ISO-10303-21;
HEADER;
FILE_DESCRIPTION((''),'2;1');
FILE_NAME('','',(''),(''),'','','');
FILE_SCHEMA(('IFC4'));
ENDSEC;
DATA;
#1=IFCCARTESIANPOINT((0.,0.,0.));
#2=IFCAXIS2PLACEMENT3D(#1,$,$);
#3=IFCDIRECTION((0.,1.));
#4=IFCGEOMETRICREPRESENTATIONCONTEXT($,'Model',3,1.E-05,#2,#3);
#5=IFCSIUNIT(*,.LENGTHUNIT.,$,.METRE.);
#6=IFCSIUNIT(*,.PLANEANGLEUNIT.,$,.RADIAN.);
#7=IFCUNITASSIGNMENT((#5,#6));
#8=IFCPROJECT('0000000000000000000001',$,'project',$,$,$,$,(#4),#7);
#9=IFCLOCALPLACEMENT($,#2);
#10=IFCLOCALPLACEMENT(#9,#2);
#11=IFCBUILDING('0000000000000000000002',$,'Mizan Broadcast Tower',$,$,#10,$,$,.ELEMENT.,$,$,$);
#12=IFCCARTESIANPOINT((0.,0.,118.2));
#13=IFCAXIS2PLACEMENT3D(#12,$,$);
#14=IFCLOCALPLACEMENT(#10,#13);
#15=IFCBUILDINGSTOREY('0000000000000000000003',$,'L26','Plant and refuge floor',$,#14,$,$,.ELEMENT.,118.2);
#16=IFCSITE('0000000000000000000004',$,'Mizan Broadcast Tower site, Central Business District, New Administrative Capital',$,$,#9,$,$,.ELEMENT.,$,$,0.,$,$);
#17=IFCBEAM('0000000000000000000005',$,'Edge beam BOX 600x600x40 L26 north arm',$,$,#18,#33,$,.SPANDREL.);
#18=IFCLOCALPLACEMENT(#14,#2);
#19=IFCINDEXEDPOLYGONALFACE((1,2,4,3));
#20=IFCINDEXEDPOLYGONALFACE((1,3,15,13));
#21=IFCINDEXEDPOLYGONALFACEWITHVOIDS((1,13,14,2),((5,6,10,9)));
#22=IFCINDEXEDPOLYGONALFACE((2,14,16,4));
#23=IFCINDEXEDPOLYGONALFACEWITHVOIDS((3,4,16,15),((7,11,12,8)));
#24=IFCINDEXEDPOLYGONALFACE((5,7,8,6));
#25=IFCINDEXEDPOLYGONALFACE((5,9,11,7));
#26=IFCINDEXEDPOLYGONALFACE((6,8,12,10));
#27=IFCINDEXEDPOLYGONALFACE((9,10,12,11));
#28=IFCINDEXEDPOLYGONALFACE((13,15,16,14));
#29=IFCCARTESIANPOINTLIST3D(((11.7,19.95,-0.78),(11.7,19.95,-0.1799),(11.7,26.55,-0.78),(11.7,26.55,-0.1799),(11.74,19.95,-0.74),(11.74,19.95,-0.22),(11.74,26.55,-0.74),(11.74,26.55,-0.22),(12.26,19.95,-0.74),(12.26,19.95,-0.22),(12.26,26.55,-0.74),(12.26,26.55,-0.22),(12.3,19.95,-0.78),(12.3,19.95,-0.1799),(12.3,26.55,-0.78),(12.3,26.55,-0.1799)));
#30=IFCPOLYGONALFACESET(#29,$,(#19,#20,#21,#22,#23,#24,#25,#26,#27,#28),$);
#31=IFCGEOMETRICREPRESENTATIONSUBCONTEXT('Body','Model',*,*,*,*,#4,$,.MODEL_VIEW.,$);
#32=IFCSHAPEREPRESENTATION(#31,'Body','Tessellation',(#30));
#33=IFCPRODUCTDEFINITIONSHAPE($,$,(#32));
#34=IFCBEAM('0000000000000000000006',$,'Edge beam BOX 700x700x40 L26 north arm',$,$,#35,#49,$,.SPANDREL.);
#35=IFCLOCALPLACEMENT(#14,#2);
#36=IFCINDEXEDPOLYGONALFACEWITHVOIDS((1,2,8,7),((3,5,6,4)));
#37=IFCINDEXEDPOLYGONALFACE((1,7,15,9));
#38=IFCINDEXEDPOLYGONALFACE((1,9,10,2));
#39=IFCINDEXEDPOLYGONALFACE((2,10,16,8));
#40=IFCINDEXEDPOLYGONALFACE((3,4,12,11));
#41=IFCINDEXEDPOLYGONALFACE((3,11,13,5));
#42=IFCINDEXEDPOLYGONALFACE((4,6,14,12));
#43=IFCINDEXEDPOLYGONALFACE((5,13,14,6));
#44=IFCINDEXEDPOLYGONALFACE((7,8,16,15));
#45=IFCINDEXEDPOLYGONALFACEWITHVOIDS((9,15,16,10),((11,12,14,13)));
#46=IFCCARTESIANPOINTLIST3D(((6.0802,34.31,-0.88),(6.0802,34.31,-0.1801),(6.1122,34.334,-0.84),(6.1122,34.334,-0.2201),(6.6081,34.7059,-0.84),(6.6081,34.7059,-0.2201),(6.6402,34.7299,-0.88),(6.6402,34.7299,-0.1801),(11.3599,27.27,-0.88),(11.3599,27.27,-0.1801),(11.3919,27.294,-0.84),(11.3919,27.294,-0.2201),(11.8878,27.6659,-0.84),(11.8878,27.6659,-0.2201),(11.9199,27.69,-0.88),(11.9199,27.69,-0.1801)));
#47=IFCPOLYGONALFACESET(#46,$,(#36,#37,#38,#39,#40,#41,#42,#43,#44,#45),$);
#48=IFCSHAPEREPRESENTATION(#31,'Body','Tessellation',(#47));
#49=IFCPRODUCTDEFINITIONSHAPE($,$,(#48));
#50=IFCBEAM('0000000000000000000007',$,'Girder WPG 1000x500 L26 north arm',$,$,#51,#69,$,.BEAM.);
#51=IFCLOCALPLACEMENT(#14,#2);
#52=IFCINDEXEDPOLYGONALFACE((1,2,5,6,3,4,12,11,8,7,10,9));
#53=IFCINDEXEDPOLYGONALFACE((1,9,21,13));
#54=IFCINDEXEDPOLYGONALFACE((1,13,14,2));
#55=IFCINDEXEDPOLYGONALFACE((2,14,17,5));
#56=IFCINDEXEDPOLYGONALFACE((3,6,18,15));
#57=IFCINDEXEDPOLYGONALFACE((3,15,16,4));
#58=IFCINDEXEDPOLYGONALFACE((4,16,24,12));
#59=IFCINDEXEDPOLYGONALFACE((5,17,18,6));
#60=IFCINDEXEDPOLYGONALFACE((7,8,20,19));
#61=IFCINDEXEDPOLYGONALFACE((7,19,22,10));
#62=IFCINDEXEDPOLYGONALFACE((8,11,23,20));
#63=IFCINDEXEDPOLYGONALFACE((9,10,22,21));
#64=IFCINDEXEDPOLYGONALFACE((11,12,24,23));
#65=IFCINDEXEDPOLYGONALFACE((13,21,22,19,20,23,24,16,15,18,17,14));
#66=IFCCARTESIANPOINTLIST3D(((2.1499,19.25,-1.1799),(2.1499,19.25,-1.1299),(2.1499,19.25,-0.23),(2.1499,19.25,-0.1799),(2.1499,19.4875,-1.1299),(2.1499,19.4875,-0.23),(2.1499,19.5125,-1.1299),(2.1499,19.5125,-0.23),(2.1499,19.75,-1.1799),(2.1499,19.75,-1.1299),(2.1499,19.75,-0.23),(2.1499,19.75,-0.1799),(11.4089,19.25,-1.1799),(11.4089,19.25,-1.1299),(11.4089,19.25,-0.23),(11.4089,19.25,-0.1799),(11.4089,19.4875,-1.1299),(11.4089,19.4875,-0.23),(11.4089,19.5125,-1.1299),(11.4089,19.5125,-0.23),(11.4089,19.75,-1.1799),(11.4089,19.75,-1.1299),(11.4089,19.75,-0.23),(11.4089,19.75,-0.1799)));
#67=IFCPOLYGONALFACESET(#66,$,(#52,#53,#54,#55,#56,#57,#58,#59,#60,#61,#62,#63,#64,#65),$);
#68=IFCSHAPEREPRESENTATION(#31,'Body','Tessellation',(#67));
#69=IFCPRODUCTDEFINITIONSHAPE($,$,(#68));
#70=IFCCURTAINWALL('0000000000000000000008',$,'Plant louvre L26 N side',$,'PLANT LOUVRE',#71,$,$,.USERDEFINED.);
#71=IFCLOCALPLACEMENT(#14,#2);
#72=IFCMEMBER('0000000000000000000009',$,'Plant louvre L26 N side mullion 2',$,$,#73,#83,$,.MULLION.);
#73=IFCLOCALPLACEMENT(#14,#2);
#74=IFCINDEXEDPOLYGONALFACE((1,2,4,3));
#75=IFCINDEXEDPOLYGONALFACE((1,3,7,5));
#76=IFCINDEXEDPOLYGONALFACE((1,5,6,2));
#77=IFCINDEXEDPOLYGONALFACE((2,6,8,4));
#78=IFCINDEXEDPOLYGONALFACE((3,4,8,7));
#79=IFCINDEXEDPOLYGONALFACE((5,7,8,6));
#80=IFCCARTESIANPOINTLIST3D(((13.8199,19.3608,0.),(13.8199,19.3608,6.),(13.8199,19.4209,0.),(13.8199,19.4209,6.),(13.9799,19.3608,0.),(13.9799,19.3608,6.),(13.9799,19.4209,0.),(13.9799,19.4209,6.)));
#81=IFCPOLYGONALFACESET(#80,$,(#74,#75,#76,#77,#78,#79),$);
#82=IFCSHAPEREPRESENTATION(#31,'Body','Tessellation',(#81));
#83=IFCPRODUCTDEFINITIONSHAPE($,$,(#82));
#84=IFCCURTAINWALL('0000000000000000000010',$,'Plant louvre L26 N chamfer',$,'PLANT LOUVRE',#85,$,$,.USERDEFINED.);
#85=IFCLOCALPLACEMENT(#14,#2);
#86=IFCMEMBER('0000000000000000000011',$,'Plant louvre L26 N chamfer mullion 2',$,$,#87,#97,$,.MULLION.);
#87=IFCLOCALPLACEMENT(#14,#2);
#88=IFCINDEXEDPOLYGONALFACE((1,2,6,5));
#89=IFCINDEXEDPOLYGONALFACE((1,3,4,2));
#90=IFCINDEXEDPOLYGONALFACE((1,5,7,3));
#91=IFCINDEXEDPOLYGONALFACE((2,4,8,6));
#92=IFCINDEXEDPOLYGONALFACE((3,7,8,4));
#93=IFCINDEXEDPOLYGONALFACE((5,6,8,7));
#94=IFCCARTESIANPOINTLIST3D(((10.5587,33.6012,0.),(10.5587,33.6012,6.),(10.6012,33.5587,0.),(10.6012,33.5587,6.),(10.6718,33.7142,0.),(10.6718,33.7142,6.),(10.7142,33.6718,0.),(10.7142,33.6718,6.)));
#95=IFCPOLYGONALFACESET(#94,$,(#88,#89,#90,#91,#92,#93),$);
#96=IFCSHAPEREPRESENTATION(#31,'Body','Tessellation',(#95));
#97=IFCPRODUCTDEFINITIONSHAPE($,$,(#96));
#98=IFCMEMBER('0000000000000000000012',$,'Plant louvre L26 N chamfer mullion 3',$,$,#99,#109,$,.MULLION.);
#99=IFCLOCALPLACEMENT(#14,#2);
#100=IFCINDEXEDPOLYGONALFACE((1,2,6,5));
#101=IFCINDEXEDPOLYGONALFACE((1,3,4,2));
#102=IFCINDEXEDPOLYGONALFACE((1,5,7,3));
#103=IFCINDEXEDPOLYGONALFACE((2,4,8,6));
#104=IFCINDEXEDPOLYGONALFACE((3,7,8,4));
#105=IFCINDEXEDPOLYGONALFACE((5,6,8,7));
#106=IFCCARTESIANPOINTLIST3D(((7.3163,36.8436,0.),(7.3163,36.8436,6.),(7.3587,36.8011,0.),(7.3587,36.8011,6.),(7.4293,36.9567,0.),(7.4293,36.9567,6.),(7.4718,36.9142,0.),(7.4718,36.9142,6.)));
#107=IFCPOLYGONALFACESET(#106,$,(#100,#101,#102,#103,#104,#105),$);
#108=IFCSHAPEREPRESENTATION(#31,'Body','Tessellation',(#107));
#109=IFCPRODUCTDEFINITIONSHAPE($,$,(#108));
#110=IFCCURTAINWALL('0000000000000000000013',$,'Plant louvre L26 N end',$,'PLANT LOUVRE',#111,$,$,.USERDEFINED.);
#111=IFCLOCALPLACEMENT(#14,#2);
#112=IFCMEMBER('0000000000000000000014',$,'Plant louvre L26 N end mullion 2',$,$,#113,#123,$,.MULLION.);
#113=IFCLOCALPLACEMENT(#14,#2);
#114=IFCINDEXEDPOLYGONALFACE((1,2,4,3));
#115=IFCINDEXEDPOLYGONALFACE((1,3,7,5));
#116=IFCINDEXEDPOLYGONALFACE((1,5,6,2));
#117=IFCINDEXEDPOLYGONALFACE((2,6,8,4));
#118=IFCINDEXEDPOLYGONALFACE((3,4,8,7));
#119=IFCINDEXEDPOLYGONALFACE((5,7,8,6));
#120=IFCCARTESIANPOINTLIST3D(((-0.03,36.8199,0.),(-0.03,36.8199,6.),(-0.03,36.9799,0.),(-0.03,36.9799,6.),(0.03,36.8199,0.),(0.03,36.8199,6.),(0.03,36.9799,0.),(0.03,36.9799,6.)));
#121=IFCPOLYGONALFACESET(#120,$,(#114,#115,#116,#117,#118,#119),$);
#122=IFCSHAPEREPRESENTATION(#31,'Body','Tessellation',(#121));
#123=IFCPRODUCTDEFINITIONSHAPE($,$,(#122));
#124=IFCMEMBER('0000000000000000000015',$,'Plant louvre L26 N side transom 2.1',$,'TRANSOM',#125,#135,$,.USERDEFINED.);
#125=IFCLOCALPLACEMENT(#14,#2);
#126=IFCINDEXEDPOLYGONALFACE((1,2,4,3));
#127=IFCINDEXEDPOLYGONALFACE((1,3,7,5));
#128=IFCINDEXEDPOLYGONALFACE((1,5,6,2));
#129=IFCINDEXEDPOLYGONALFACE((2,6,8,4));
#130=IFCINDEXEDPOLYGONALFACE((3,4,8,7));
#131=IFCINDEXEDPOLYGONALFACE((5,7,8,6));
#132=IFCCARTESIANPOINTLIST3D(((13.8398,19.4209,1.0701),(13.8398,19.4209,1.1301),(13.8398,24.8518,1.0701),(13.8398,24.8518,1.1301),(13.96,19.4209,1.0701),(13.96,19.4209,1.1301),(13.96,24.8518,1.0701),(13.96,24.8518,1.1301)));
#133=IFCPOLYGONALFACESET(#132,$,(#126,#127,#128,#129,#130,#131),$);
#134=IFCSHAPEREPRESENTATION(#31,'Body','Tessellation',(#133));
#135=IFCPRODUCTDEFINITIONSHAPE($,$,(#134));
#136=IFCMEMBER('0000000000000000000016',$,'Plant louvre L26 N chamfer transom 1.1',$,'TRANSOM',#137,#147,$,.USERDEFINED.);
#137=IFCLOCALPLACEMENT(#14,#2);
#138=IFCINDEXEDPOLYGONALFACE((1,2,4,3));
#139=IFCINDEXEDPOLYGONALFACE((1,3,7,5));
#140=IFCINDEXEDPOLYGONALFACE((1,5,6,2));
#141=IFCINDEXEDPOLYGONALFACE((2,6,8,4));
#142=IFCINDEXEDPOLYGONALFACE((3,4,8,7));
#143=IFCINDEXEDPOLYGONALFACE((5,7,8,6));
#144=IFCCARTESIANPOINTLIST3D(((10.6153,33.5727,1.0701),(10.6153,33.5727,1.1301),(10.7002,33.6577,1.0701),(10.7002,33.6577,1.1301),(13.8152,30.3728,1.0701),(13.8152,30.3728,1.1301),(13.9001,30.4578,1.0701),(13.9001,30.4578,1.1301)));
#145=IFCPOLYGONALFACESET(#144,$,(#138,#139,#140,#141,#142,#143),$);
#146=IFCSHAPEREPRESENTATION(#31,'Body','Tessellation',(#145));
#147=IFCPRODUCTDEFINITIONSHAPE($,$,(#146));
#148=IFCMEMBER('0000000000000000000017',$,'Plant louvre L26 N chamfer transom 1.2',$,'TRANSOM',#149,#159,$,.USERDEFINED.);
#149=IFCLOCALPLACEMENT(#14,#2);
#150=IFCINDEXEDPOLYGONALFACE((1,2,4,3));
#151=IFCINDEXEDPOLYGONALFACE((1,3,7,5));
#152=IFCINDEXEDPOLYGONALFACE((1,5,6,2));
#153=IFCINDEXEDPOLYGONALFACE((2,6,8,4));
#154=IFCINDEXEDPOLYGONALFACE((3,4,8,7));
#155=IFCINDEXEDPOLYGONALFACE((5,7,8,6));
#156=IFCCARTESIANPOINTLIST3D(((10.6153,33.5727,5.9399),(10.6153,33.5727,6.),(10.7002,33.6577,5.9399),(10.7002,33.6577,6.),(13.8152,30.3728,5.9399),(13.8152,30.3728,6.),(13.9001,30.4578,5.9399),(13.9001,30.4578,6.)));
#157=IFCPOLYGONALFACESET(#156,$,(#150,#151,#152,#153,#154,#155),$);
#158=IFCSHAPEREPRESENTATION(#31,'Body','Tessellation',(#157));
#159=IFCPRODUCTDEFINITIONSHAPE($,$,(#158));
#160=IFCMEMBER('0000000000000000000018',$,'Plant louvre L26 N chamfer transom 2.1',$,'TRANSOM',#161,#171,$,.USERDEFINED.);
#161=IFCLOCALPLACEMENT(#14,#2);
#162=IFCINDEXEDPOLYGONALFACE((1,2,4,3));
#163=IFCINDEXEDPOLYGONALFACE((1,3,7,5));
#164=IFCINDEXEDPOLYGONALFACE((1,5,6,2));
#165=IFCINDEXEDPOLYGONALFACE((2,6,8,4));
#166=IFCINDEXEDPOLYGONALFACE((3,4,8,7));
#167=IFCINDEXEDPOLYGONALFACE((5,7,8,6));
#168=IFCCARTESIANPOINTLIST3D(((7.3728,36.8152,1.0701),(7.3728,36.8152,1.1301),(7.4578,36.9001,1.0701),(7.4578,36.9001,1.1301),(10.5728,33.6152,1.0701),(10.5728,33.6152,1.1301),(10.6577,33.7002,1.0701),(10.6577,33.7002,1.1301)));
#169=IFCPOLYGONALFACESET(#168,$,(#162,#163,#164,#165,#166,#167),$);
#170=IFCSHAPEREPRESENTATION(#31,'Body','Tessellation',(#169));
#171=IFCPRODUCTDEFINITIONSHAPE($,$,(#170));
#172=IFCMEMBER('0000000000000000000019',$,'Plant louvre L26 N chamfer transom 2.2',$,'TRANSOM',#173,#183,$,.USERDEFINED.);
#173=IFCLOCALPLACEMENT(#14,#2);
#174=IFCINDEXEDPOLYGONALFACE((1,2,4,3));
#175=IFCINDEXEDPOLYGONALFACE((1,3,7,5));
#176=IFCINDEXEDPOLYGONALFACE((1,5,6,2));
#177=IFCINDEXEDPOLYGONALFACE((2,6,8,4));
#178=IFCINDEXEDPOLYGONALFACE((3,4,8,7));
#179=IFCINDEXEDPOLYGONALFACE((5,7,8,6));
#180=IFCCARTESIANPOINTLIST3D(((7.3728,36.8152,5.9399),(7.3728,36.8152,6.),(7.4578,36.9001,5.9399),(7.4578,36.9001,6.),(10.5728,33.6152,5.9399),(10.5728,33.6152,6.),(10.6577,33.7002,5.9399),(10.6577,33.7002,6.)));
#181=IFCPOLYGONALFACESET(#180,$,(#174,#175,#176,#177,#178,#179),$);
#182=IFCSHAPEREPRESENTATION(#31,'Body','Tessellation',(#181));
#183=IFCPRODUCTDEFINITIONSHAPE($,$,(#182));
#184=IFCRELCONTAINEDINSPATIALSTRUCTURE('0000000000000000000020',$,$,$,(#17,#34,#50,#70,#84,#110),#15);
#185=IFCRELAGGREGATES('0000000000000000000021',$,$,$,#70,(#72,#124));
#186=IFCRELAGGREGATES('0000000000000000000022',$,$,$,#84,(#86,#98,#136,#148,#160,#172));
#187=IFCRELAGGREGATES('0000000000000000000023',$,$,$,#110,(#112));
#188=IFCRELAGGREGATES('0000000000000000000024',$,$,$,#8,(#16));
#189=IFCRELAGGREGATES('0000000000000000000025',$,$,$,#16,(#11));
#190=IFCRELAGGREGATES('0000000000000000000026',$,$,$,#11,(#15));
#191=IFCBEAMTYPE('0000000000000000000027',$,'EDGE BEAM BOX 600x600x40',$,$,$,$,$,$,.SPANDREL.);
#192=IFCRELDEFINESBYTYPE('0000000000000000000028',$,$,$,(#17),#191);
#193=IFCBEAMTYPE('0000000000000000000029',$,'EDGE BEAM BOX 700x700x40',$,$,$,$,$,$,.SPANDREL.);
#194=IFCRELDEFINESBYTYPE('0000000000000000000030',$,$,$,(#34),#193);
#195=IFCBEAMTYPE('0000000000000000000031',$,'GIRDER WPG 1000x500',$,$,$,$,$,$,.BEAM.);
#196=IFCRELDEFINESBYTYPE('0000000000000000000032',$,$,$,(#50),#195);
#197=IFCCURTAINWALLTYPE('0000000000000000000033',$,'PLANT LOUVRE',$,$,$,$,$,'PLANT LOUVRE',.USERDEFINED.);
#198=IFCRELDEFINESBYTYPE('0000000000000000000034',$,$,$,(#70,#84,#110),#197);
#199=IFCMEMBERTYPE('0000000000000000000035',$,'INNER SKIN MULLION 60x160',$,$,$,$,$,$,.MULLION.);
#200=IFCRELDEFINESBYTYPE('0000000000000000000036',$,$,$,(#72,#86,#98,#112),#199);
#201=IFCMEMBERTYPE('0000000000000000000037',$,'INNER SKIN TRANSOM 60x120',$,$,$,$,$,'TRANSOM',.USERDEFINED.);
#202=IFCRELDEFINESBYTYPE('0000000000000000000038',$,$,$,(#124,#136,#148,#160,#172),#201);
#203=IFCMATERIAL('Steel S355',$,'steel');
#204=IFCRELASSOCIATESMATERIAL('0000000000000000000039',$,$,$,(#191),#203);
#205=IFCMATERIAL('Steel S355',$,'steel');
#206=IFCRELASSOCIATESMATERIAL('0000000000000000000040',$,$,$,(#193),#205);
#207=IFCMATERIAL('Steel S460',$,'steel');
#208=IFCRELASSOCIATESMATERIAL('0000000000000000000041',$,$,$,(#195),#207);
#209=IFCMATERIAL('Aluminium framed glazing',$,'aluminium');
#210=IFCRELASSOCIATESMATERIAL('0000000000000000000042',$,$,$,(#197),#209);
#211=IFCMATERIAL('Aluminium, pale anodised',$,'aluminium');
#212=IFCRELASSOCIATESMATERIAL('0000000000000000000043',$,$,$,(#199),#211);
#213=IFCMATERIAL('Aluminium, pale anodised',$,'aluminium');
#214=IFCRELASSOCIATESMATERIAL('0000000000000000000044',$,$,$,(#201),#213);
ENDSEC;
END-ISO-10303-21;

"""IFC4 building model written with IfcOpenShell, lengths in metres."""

from ifc_helpers import new_model, si_unit, direction, frame, origin, origin_2d, place, context, subcontext, project, spatial, rectangle, hollow_rectangle, i_section, extrude, material, material_profile, profile_set, type_object, element, aggregate, save


model = new_model("IFC4")

# Units and contexts
model_context = context("Model", 3, precision=1e-05, world=origin(), true_north=direction((0.0, 1.0)))
body_context = subcontext(model_context, "Body", "Model", "MODEL_VIEW")
ifc_project = project(units=[si_unit("LENGTHUNIT", "METRE"), si_unit("PLANEANGLEUNIT", "RADIAN")], contexts=[model_context])

# Site, building, storey
site_placement = place(None, origin())
site = spatial("IfcSite", under=ifc_project, at=site_placement, Name="Mizan Broadcast Tower site, Central Business District, New Administrative Capital", CompositionType="ELEMENT", RefElevation=0.0)
building_placement = place(site_placement, origin())
building = spatial("IfcBuilding", under=site, at=building_placement, Name="Mizan Broadcast Tower", CompositionType="ELEMENT")
storey_placement = place(building_placement, frame((0.0, 0.0, 118.2)))
storey = spatial("IfcBuildingStorey", under=building, at=storey_placement, Name="L26", Description="Plant and refuge floor", CompositionType="ELEMENT", Elevation=118.2)

# Beams
ifc_material_1 = material(Name="Steel S355", Category="steel")
ifc_material_profile_1 = material_profile(ifc_material_1, hollow_rectangle(XDim=0.6001, YDim=0.6001, WallThickness=0.04, at=origin_2d()), Name="BOX 600x600x40")
ifc_profile_set_1 = profile_set([ifc_material_profile_1], Name="Steel S355")
beam_type_1 = type_object("IfcBeamType", Name="EDGE BEAM BOX 600x600x40", PredefinedType="SPANDREL", material=ifc_profile_set_1)
beam_1_placement = place(storey_placement, frame((12.0, 19.95, -0.48), z_axis=(0.0, 1.0, 0.0), x_axis=(-1.0, 0.0, 0.0)))
element("IfcBeam", 1, at=beam_1_placement, inside=storey, type_object=beam_type_1, Name="Edge beam BOX 600x600x40 L26 north arm", PredefinedType="SPANDREL", context=body_context, shape_type="SweptSolid", body=[
    extrude(hollow_rectangle(XDim=0.6001, YDim=0.6001, WallThickness=0.04, at=origin_2d()), origin(), (0.0, 0.0, 1.0), 6.6001),
])
ifc_material_2 = material(Name="Steel S355", Category="steel")
ifc_material_profile_2 = material_profile(ifc_material_2, hollow_rectangle(XDim=0.7, YDim=0.7, WallThickness=0.04, at=origin_2d()), Name="BOX 700x700x40")
ifc_profile_set_2 = profile_set([ifc_material_profile_2], Name="Steel S355")
beam_type_2 = type_object("IfcBeamType", Name="EDGE BEAM BOX 700x700x40", PredefinedType="SPANDREL", material=ifc_profile_set_2)
beam_2_placement = place(storey_placement, frame((11.6399, 27.48, -0.53), z_axis=(-0.599982, 0.800013, 0.0), x_axis=(-0.800013, -0.599982, 0.0)))
element("IfcBeam", 2, at=beam_2_placement, inside=storey, type_object=beam_type_2, Name="Edge beam BOX 700x700x40 L26 north arm", PredefinedType="SPANDREL", context=body_context, shape_type="SweptSolid", body=[
    extrude(hollow_rectangle(XDim=0.7, YDim=0.7, WallThickness=0.04, at=origin_2d()), origin(), (0.0, 0.0, 1.0), 8.7998),
])
ifc_material_3 = material(Name="Steel S460", Category="steel")
ifc_material_profile_3 = material_profile(ifc_material_3, i_section(OverallWidth=0.5, OverallDepth=1.0, WebThickness=0.0249, FlangeThickness=0.05, at=origin_2d()), Name="WPG 1000x500")
ifc_profile_set_3 = profile_set([ifc_material_profile_3], Name="Steel S460")
beam_type_3 = type_object("IfcBeamType", Name="GIRDER WPG 1000x500", PredefinedType="BEAM", material=ifc_profile_set_3)
beam_3_placement = place(storey_placement, frame((11.4089, 19.5, -0.6799), z_axis=(-1.0, 0.0, 0.0), x_axis=(0.0, -1.0, 0.0)))
element("IfcBeam", 3, at=beam_3_placement, inside=storey, type_object=beam_type_3, Name="Girder WPG 1000x500 L26 north arm", PredefinedType="BEAM", context=body_context, shape_type="SweptSolid", body=[
    extrude(i_section(OverallWidth=0.5, OverallDepth=1.0, WebThickness=0.0249, FlangeThickness=0.05, at=origin_2d()), origin(), (0.0, 0.0, 1.0), 9.259),
])

# Curtain wall, member
ifc_material_4 = material(Name="Aluminium framed glazing", Category="aluminium")
curtain_wall_type = type_object("IfcCurtainWallType", Name="PLANT LOUVRE", ElementType="PLANT LOUVRE", PredefinedType="USERDEFINED", material=ifc_material_4)
curtain_wall_1_placement = place(storey_placement, origin())
curtain_wall_1 = element("IfcCurtainWall", 4, at=curtain_wall_1_placement, inside=storey, type_object=curtain_wall_type, Name="Plant louvre L26 N side", ObjectType="PLANT LOUVRE", PredefinedType="USERDEFINED")
ifc_material_5 = material(Name="Aluminium, pale anodised", Category="aluminium")
ifc_material_profile_4 = material_profile(ifc_material_5, rectangle(XDim=0.1599, YDim=0.0601, at=origin_2d()), Name="MULLION 160x60")
ifc_profile_set_4 = profile_set([ifc_material_profile_4], Name="Aluminium, pale anodised")
member_type_1 = type_object("IfcMemberType", Name="INNER SKIN MULLION 60x160", PredefinedType="MULLION", material=ifc_profile_set_4)
member_1_placement = place(storey_placement, frame((13.8999, 19.3909, 0.0), z_axis=(0.0, 0.0, 1.0), x_axis=(-1.0, 0.0, 0.0)))
member_1 = element("IfcMember", 5, at=member_1_placement, type_object=member_type_1, Name="Plant louvre L26 N side mullion 2", PredefinedType="MULLION", context=body_context, shape_type="SweptSolid", body=[
    extrude(rectangle(XDim=0.1599, YDim=0.0601, at=origin_2d()), origin(), (0.0, 0.0, 1.0), 6.0),
])

# Curtain wall, members
curtain_wall_2_placement = place(storey_placement, origin())
curtain_wall_2 = element("IfcCurtainWall", 6, at=curtain_wall_2_placement, inside=storey, type_object=curtain_wall_type, Name="Plant louvre L26 N chamfer", ObjectType="PLANT LOUVRE", PredefinedType="USERDEFINED")
member_2_placement = place(storey_placement, frame((10.6365, 33.6365, 0.0), z_axis=(0.0, 0.0, 1.0), x_axis=(-0.707107, -0.707107, 0.0)))
member_2 = element("IfcMember", 7, at=member_2_placement, type_object=member_type_1, Name="Plant louvre L26 N chamfer mullion 2", PredefinedType="MULLION", context=body_context, shape_type="SweptSolid", body=[
    extrude(rectangle(XDim=0.1599, YDim=0.0601, at=origin_2d()), origin(), (0.0, 0.0, 1.0), 6.0),
])
member_3_placement = place(storey_placement, frame((7.394, 36.8789, 0.0), z_axis=(0.0, 0.0, 1.0), x_axis=(-0.707107, -0.707107, 0.0)))
member_3 = element("IfcMember", 8, at=member_3_placement, type_object=member_type_1, Name="Plant louvre L26 N chamfer mullion 3", PredefinedType="MULLION", context=body_context, shape_type="SweptSolid", body=[
    extrude(rectangle(XDim=0.1599, YDim=0.0601, at=origin_2d()), origin(), (0.0, 0.0, 1.0), 6.0),
])

# Curtain wall, member
curtain_wall_3_placement = place(storey_placement, origin())
curtain_wall_3 = element("IfcCurtainWall", 9, at=curtain_wall_3_placement, inside=storey, type_object=curtain_wall_type, Name="Plant louvre L26 N end", ObjectType="PLANT LOUVRE", PredefinedType="USERDEFINED")
member_4_placement = place(storey_placement, frame((0.0, 36.8999, 0.0), z_axis=(0.0, 0.0, 1.0), x_axis=(0.0, -1.0, 0.0)))
member_4 = element("IfcMember", 10, at=member_4_placement, type_object=member_type_1, Name="Plant louvre L26 N end mullion 2", PredefinedType="MULLION", context=body_context, shape_type="SweptSolid", body=[
    extrude(rectangle(XDim=0.1599, YDim=0.0601, at=origin_2d()), origin(), (0.0, 0.0, 1.0), 6.0),
])

# Members
ifc_material_6 = material(Name="Aluminium, pale anodised", Category="aluminium")
ifc_material_profile_5 = material_profile(ifc_material_6, rectangle(XDim=0.1201, YDim=0.0601, at=origin_2d()), Name="TRANSOM 120x60")
ifc_profile_set_5 = profile_set([ifc_material_profile_5], Name="Aluminium, pale anodised")
member_type_2 = type_object("IfcMemberType", Name="INNER SKIN TRANSOM 60x120", ElementType="TRANSOM", PredefinedType="USERDEFINED", material=ifc_profile_set_5)
member_5_placement = place(storey_placement, frame((13.8999, 19.4209, 1.1001), z_axis=(0.0, 1.0, 0.0), x_axis=(-1.0, 0.0, 0.0)))
member_5 = element("IfcMember", 11, at=member_5_placement, type_object=member_type_2, Name="Plant louvre L26 N side transom 2.1", ObjectType="TRANSOM", PredefinedType="USERDEFINED", context=body_context, shape_type="SweptSolid", body=[
    extrude(rectangle(XDim=0.1201, YDim=0.0601, at=origin_2d()), origin(), (0.0, 0.0, 1.0), 5.4309),
])
aggregate(curtain_wall_1, [member_1, member_5])
member_6_placement = place(storey_placement, frame((13.8577, 30.4153, 1.1001), z_axis=(-0.707107, 0.707107, 0.0), x_axis=(-0.707107, -0.707107, 0.0)))
member_6 = element("IfcMember", 12, at=member_6_placement, type_object=member_type_2, Name="Plant louvre L26 N chamfer transom 1.1", ObjectType="TRANSOM", PredefinedType="USERDEFINED", context=body_context, shape_type="SweptSolid", body=[
    extrude(rectangle(XDim=0.1201, YDim=0.0601, at=origin_2d()), origin(), (0.0, 0.0, 1.0), 4.5254),
])
member_7_placement = place(storey_placement, frame((13.8577, 30.4153, 5.97), z_axis=(-0.707107, 0.707107, 0.0), x_axis=(-0.707107, -0.707107, 0.0)))
member_7 = element("IfcMember", 13, at=member_7_placement, type_object=member_type_2, Name="Plant louvre L26 N chamfer transom 1.2", ObjectType="TRANSOM", PredefinedType="USERDEFINED", context=body_context, shape_type="SweptSolid", body=[
    extrude(rectangle(XDim=0.1201, YDim=0.0601, at=origin_2d()), origin(), (0.0, 0.0, 1.0), 4.5254),
])
member_8_placement = place(storey_placement, frame((10.6152, 33.6577, 1.1001), z_axis=(-0.707107, 0.707107, 0.0), x_axis=(-0.707107, -0.707107, 0.0)))
member_8 = element("IfcMember", 14, at=member_8_placement, type_object=member_type_2, Name="Plant louvre L26 N chamfer transom 2.1", ObjectType="TRANSOM", PredefinedType="USERDEFINED", context=body_context, shape_type="SweptSolid", body=[
    extrude(rectangle(XDim=0.1201, YDim=0.0601, at=origin_2d()), origin(), (0.0, 0.0, 1.0), 4.5254),
])
member_9_placement = place(storey_placement, frame((10.6152, 33.6577, 5.97), z_axis=(-0.707107, 0.707107, 0.0), x_axis=(-0.707107, -0.707107, 0.0)))
member_9 = element("IfcMember", 15, at=member_9_placement, type_object=member_type_2, Name="Plant louvre L26 N chamfer transom 2.2", ObjectType="TRANSOM", PredefinedType="USERDEFINED", context=body_context, shape_type="SweptSolid", body=[
    extrude(rectangle(XDim=0.1201, YDim=0.0601, at=origin_2d()), origin(), (0.0, 0.0, 1.0), 4.5254),
])

aggregate(curtain_wall_2, [member_2, member_3, member_6, member_7, member_8, member_9])
aggregate(curtain_wall_3, [member_4])

save(model, "model.ifc")
